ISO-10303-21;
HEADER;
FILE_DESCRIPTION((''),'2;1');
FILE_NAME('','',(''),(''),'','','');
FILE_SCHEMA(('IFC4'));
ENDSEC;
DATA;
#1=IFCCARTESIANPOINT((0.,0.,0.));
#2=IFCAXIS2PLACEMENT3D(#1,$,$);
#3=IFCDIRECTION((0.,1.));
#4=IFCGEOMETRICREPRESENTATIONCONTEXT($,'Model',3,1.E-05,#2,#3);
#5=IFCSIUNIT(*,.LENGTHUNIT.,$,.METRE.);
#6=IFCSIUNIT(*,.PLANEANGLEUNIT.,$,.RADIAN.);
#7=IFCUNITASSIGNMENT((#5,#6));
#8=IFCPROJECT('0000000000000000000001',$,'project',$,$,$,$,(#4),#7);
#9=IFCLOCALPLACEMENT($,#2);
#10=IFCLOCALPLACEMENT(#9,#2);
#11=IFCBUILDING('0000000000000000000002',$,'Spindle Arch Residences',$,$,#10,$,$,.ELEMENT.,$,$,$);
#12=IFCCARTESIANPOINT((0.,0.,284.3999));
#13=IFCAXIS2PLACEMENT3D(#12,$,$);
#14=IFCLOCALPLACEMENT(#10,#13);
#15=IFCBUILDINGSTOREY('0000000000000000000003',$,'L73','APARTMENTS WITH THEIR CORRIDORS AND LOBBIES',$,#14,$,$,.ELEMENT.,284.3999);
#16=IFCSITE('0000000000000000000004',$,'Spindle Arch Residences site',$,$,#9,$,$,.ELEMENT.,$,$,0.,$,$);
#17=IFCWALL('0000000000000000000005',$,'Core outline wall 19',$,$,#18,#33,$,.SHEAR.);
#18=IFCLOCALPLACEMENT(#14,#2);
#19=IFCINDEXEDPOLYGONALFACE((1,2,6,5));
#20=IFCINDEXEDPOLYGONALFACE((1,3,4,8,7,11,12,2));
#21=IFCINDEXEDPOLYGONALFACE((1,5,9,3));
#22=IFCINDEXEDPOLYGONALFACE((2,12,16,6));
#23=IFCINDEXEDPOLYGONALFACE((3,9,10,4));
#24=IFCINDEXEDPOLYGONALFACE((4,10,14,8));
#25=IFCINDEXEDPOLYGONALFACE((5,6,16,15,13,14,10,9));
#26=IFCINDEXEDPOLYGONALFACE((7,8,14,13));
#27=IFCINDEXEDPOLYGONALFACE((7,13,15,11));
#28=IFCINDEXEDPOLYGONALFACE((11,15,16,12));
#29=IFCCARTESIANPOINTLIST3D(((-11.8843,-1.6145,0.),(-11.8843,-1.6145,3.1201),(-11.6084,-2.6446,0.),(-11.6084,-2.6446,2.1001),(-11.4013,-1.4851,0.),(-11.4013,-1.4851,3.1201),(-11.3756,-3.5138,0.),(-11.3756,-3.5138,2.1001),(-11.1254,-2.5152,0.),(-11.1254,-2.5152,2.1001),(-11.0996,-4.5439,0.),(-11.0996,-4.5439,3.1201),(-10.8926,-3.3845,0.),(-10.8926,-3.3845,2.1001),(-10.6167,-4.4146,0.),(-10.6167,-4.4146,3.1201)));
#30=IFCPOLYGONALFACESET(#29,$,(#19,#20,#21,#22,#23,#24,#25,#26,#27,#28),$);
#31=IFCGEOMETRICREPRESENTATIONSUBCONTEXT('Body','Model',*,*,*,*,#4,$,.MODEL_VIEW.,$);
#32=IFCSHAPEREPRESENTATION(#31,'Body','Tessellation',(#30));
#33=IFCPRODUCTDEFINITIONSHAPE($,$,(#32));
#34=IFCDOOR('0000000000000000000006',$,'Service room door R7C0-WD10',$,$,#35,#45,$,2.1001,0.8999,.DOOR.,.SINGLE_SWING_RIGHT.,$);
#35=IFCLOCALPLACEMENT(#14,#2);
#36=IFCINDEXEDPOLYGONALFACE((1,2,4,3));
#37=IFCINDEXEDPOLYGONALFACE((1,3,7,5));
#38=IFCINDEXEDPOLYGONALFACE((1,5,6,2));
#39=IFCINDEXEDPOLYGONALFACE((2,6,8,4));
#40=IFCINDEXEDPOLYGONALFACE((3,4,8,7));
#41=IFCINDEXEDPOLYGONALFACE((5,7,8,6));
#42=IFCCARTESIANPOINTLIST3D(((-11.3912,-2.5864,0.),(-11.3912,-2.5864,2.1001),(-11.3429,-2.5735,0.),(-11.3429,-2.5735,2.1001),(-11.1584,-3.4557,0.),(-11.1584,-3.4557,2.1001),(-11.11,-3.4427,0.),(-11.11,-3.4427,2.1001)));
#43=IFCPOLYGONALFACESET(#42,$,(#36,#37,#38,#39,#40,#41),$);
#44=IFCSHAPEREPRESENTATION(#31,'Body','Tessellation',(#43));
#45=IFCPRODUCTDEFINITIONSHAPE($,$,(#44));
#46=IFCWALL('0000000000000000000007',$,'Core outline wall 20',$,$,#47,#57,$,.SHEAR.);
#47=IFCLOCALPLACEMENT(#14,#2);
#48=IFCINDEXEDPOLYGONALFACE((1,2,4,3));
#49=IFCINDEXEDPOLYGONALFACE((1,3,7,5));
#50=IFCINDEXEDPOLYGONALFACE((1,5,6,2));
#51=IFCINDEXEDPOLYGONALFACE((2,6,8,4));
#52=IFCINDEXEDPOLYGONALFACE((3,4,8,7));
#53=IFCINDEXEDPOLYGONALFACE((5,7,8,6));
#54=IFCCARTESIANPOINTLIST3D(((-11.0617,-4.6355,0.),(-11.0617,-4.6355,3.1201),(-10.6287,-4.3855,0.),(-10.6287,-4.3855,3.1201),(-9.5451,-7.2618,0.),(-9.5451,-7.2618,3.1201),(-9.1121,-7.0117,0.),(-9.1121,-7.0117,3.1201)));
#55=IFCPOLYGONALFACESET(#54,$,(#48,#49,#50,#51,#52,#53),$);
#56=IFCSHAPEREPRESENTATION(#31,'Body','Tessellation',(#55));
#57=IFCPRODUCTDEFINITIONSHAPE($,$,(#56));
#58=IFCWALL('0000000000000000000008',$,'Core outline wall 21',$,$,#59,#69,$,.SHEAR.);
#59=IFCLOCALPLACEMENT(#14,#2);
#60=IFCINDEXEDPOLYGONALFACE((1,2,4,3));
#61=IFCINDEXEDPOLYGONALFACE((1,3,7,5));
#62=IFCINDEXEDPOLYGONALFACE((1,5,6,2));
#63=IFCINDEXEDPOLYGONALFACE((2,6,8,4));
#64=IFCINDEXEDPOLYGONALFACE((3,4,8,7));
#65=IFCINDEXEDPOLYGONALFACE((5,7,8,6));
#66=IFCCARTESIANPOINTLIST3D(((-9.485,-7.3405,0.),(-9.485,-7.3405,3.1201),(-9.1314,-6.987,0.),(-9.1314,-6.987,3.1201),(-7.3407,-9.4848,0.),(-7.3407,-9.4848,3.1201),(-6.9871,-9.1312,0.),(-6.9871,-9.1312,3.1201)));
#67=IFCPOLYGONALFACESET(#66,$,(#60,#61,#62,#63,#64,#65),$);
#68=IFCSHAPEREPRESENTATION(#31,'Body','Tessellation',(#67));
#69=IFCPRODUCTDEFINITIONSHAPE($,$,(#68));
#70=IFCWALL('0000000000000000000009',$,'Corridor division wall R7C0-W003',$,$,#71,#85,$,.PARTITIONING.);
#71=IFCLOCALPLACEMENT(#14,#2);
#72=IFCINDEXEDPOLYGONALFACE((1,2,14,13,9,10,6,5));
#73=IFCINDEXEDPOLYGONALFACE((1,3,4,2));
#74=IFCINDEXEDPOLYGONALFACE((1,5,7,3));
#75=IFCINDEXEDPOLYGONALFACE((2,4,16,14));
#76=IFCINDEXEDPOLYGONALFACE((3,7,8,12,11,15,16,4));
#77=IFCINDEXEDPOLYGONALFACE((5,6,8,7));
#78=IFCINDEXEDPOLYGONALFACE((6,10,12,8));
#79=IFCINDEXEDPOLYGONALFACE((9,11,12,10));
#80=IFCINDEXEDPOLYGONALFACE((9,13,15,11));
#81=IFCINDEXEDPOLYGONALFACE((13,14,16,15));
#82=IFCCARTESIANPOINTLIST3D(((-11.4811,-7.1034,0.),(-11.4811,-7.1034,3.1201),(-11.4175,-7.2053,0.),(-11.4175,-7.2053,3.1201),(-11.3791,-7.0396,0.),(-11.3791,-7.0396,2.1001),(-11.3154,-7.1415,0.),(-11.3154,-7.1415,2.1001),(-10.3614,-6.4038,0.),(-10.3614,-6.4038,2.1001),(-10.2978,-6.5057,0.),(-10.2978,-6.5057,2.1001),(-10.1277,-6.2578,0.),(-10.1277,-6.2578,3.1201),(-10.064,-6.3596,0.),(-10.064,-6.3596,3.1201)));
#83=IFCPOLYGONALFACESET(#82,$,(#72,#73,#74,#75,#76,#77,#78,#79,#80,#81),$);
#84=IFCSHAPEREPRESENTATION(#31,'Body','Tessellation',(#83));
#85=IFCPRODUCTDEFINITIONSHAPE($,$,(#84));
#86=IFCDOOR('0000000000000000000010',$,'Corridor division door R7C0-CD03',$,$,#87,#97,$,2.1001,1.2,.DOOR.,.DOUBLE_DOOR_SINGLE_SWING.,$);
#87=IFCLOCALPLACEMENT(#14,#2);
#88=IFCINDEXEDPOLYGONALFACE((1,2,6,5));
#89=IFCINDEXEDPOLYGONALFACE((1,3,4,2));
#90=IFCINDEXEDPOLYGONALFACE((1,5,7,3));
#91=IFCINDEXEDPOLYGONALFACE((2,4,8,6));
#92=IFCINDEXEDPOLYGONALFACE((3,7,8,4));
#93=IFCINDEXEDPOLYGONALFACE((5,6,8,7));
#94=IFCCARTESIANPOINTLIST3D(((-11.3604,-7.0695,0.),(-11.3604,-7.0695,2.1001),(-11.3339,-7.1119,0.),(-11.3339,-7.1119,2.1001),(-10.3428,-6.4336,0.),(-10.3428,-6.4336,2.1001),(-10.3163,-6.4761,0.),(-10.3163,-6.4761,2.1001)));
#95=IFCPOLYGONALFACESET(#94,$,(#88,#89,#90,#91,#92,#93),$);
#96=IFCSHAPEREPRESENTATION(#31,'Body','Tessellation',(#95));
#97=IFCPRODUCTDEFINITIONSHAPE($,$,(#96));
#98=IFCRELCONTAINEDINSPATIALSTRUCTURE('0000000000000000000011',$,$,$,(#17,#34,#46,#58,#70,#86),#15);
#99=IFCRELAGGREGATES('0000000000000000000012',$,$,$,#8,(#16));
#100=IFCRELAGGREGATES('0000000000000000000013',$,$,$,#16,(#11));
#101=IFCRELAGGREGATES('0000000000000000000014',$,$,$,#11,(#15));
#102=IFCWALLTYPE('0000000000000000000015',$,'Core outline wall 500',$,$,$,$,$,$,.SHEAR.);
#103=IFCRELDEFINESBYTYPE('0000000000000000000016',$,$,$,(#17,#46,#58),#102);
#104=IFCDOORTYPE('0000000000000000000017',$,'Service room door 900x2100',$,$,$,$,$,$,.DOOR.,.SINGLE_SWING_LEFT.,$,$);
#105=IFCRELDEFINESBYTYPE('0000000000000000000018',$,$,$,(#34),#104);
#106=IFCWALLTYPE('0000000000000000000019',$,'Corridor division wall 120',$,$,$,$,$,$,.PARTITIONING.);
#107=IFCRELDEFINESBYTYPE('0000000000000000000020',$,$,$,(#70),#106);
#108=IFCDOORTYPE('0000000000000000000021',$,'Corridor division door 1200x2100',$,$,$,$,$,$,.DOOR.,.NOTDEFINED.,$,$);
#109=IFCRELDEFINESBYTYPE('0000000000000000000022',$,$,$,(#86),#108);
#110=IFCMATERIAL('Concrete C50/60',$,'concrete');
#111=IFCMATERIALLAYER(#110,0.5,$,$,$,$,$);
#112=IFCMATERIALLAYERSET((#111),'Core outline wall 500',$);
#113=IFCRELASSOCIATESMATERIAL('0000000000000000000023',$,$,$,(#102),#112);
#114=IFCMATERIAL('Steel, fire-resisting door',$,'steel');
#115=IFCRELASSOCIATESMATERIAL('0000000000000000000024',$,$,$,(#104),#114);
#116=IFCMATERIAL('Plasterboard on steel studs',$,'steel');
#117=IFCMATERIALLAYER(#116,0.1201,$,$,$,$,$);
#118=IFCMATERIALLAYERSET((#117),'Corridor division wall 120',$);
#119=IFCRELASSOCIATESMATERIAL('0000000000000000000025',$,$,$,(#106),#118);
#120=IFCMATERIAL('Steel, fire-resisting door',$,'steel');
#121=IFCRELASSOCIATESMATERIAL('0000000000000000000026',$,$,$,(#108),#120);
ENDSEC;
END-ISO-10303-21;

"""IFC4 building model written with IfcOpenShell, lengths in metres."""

from ifc_helpers import new_model, si_unit, direction, frame, frame_2d, origin, place, context, subcontext, project, spatial, rectangle, extrude, material, layer, layer_set, type_object, element, fill, save


model = new_model("IFC4")

# Units and contexts
model_context = context("Model", 3, precision=1e-05, world=origin(), true_north=direction((0.0, 1.0)))
body_context = subcontext(model_context, "Body", "Model", "MODEL_VIEW")
ifc_project = project(units=[si_unit("LENGTHUNIT", "METRE"), si_unit("PLANEANGLEUNIT", "RADIAN")], contexts=[model_context])

# Site, building, storey
site_placement = place(None, origin())
site = spatial("IfcSite", under=ifc_project, at=site_placement, Name="Spindle Arch Residences site", CompositionType="ELEMENT", RefElevation=0.0)
building_placement = place(site_placement, origin())
building = spatial("IfcBuilding", under=site, at=building_placement, Name="Spindle Arch Residences", CompositionType="ELEMENT")
storey_placement = place(building_placement, frame((0.0, 0.0, 284.3999)))
storey = spatial("IfcBuildingStorey", under=building, at=storey_placement, Name="L73", Description="APARTMENTS WITH THEIR CORRIDORS AND LOBBIES", CompositionType="ELEMENT", Elevation=284.3999)

# Wall, opening, door
ifc_material_1 = material(Name="Concrete C50/60", Category="concrete")
ifc_layer_1 = layer(ifc_material_1, 0.5)
ifc_layer_set_1 = layer_set([ifc_layer_1], Name="Core outline wall 500")
wall_type_1 = type_object("IfcWallType", Name="Core outline wall 500", PredefinedType="SHEAR", material=ifc_layer_set_1)
wall_1_placement = place(storey_placement, frame((-11.6428, -1.5498, 0.0), z_axis=(0.0, 0.0, 1.0), x_axis=(0.258735, -0.965948, 0.0)))
wall_1 = element("IfcWall", 1, at=wall_1_placement, inside=storey, type_object=wall_type_1, Name="Core outline wall 19", PredefinedType="SHEAR", context=body_context, shape_type="SweptSolid", body=[
    extrude(rectangle(XDim=3.0327, YDim=0.5, at=frame_2d((1.5164, 0.0))), origin(), (0.0, 0.0, 1.0), 3.1201),
])
opening_1_placement = place(wall_1_placement, frame((1.0664, 0.0, 0.0)))
opening_1 = element("IfcOpeningElement", 2, at=opening_1_placement, cuts=wall_1, PredefinedType="OPENING", context=body_context, shape_type="SweptSolid", body=[
    extrude(rectangle(XDim=0.8999, YDim=2.1001, at=frame_2d((0.45, 1.05))), frame((0.0, 0.26, 0.0), z_axis=(0.0, -1.0, 0.0), x_axis=(1.0, 0.0, 0.0)), (0.0, 0.0, 1.0), 0.52),
])
ifc_material_2 = material(Name="Steel, fire-resisting door", Category="steel")
door_type_1 = type_object("IfcDoorType", Name="Service room door 900x2100", OperationType="SINGLE_SWING_LEFT", PredefinedType="DOOR", material=ifc_material_2)
door_1_placement = place(opening_1_placement, origin())
door_1 = element("IfcDoor", 3, at=door_1_placement, inside=storey, type_object=door_type_1, Name="Service room door R7C0-WD10", OperationType="SINGLE_SWING_RIGHT", OverallHeight=2.1001, OverallWidth=0.8999, PredefinedType="DOOR", context=body_context, shape_type="SweptSolid", body=[
    extrude(rectangle(XDim=0.8999, YDim=2.1001, at=frame_2d((0.45, 1.05))), frame((0.0, 0.0249, 0.0), z_axis=(0.0, -1.0, 0.0), x_axis=(1.0, 0.0, 0.0)), (0.0, 0.0, 1.0), 0.05),
])
fill(opening_1, door_1)

# Walls
wall_2_placement = place(storey_placement, frame((-10.8452, -4.5105, 0.0), z_axis=(0.0, 0.0, 1.0), x_axis=(0.500087, -0.865975, 0.0)))
element("IfcWall", 4, at=wall_2_placement, inside=storey, type_object=wall_type_1, Name="Core outline wall 20", PredefinedType="SHEAR", context=body_context, shape_type="SweptSolid", body=[
    extrude(rectangle(XDim=3.0327, YDim=0.5, at=frame_2d((1.5164, 0.0))), origin(), (0.0, 0.0, 1.0), 3.1201),
])
wall_3_placement = place(storey_placement, frame((-9.3081, -7.1638, 0.0), z_axis=(0.0, 0.0, 1.0), x_axis=(0.707107, -0.707107, 0.0)))
element("IfcWall", 5, at=wall_3_placement, inside=storey, type_object=wall_type_1, Name="Core outline wall 21", PredefinedType="SHEAR", context=body_context, shape_type="SweptSolid", body=[
    extrude(rectangle(XDim=3.0325, YDim=0.5, at=frame_2d((1.5161, 0.0))), origin(), (0.0, 0.0, 1.0), 3.1201),
])

# Wall, opening, door
ifc_material_3 = material(Name="Plasterboard on steel studs", Category="steel")
ifc_layer_2 = layer(ifc_material_3, 0.1201)
ifc_layer_set_2 = layer_set([ifc_layer_2], Name="Corridor division wall 120")
wall_type_2 = type_object("IfcWallType", Name="Corridor division wall 120", PredefinedType="PARTITIONING", material=ifc_layer_set_2)
wall_4_placement = place(storey_placement, frame((-11.4492, -7.1543, 0.0), z_axis=(0.0, 0.0, 1.0), x_axis=(0.848067, 0.529889, 0.0)))
wall_4 = element("IfcWall", 6, at=wall_4_placement, inside=storey, type_object=wall_type_2, Name="Corridor division wall R7C0-W003", PredefinedType="PARTITIONING", context=body_context, shape_type="SweptSolid", body=[
    extrude(rectangle(XDim=1.5959, YDim=0.1201, at=frame_2d((0.7979, 0.0))), origin(), (0.0, 0.0, 1.0), 3.1201),
])
opening_2_placement = place(wall_4_placement, frame((0.1201, 0.0, 0.0)))
opening_2 = element("IfcOpeningElement", 7, at=opening_2_placement, cuts=wall_4, PredefinedType="OPENING", context=body_context, shape_type="SweptSolid", body=[
    extrude(rectangle(XDim=1.2, YDim=2.1001, at=frame_2d((0.6001, 1.05))), frame((0.0, 0.0701, 0.0), z_axis=(0.0, -1.0, 0.0), x_axis=(1.0, 0.0, 0.0)), (0.0, 0.0, 1.0), 0.1401),
])
ifc_material_4 = material(Name="Steel, fire-resisting door", Category="steel")
door_type_2 = type_object("IfcDoorType", Name="Corridor division door 1200x2100", OperationType="NOTDEFINED", PredefinedType="DOOR", material=ifc_material_4)
door_2_placement = place(opening_2_placement, origin())
door_2 = element("IfcDoor", 8, at=door_2_placement, inside=storey, type_object=door_type_2, Name="Corridor division door R7C0-CD03", OperationType="DOUBLE_DOOR_SINGLE_SWING", OverallHeight=2.1001, OverallWidth=1.2, PredefinedType="DOOR", context=body_context, shape_type="SweptSolid", body=[
    extrude(rectangle(XDim=1.2, YDim=2.1001, at=frame_2d((0.6001, 1.05))), frame((0.0, 0.0249, 0.0), z_axis=(0.0, -1.0, 0.0), x_axis=(1.0, 0.0, 0.0)), (0.0, 0.0, 1.0), 0.05),
])
fill(opening_2, door_2)

save(model, "model.ifc")
